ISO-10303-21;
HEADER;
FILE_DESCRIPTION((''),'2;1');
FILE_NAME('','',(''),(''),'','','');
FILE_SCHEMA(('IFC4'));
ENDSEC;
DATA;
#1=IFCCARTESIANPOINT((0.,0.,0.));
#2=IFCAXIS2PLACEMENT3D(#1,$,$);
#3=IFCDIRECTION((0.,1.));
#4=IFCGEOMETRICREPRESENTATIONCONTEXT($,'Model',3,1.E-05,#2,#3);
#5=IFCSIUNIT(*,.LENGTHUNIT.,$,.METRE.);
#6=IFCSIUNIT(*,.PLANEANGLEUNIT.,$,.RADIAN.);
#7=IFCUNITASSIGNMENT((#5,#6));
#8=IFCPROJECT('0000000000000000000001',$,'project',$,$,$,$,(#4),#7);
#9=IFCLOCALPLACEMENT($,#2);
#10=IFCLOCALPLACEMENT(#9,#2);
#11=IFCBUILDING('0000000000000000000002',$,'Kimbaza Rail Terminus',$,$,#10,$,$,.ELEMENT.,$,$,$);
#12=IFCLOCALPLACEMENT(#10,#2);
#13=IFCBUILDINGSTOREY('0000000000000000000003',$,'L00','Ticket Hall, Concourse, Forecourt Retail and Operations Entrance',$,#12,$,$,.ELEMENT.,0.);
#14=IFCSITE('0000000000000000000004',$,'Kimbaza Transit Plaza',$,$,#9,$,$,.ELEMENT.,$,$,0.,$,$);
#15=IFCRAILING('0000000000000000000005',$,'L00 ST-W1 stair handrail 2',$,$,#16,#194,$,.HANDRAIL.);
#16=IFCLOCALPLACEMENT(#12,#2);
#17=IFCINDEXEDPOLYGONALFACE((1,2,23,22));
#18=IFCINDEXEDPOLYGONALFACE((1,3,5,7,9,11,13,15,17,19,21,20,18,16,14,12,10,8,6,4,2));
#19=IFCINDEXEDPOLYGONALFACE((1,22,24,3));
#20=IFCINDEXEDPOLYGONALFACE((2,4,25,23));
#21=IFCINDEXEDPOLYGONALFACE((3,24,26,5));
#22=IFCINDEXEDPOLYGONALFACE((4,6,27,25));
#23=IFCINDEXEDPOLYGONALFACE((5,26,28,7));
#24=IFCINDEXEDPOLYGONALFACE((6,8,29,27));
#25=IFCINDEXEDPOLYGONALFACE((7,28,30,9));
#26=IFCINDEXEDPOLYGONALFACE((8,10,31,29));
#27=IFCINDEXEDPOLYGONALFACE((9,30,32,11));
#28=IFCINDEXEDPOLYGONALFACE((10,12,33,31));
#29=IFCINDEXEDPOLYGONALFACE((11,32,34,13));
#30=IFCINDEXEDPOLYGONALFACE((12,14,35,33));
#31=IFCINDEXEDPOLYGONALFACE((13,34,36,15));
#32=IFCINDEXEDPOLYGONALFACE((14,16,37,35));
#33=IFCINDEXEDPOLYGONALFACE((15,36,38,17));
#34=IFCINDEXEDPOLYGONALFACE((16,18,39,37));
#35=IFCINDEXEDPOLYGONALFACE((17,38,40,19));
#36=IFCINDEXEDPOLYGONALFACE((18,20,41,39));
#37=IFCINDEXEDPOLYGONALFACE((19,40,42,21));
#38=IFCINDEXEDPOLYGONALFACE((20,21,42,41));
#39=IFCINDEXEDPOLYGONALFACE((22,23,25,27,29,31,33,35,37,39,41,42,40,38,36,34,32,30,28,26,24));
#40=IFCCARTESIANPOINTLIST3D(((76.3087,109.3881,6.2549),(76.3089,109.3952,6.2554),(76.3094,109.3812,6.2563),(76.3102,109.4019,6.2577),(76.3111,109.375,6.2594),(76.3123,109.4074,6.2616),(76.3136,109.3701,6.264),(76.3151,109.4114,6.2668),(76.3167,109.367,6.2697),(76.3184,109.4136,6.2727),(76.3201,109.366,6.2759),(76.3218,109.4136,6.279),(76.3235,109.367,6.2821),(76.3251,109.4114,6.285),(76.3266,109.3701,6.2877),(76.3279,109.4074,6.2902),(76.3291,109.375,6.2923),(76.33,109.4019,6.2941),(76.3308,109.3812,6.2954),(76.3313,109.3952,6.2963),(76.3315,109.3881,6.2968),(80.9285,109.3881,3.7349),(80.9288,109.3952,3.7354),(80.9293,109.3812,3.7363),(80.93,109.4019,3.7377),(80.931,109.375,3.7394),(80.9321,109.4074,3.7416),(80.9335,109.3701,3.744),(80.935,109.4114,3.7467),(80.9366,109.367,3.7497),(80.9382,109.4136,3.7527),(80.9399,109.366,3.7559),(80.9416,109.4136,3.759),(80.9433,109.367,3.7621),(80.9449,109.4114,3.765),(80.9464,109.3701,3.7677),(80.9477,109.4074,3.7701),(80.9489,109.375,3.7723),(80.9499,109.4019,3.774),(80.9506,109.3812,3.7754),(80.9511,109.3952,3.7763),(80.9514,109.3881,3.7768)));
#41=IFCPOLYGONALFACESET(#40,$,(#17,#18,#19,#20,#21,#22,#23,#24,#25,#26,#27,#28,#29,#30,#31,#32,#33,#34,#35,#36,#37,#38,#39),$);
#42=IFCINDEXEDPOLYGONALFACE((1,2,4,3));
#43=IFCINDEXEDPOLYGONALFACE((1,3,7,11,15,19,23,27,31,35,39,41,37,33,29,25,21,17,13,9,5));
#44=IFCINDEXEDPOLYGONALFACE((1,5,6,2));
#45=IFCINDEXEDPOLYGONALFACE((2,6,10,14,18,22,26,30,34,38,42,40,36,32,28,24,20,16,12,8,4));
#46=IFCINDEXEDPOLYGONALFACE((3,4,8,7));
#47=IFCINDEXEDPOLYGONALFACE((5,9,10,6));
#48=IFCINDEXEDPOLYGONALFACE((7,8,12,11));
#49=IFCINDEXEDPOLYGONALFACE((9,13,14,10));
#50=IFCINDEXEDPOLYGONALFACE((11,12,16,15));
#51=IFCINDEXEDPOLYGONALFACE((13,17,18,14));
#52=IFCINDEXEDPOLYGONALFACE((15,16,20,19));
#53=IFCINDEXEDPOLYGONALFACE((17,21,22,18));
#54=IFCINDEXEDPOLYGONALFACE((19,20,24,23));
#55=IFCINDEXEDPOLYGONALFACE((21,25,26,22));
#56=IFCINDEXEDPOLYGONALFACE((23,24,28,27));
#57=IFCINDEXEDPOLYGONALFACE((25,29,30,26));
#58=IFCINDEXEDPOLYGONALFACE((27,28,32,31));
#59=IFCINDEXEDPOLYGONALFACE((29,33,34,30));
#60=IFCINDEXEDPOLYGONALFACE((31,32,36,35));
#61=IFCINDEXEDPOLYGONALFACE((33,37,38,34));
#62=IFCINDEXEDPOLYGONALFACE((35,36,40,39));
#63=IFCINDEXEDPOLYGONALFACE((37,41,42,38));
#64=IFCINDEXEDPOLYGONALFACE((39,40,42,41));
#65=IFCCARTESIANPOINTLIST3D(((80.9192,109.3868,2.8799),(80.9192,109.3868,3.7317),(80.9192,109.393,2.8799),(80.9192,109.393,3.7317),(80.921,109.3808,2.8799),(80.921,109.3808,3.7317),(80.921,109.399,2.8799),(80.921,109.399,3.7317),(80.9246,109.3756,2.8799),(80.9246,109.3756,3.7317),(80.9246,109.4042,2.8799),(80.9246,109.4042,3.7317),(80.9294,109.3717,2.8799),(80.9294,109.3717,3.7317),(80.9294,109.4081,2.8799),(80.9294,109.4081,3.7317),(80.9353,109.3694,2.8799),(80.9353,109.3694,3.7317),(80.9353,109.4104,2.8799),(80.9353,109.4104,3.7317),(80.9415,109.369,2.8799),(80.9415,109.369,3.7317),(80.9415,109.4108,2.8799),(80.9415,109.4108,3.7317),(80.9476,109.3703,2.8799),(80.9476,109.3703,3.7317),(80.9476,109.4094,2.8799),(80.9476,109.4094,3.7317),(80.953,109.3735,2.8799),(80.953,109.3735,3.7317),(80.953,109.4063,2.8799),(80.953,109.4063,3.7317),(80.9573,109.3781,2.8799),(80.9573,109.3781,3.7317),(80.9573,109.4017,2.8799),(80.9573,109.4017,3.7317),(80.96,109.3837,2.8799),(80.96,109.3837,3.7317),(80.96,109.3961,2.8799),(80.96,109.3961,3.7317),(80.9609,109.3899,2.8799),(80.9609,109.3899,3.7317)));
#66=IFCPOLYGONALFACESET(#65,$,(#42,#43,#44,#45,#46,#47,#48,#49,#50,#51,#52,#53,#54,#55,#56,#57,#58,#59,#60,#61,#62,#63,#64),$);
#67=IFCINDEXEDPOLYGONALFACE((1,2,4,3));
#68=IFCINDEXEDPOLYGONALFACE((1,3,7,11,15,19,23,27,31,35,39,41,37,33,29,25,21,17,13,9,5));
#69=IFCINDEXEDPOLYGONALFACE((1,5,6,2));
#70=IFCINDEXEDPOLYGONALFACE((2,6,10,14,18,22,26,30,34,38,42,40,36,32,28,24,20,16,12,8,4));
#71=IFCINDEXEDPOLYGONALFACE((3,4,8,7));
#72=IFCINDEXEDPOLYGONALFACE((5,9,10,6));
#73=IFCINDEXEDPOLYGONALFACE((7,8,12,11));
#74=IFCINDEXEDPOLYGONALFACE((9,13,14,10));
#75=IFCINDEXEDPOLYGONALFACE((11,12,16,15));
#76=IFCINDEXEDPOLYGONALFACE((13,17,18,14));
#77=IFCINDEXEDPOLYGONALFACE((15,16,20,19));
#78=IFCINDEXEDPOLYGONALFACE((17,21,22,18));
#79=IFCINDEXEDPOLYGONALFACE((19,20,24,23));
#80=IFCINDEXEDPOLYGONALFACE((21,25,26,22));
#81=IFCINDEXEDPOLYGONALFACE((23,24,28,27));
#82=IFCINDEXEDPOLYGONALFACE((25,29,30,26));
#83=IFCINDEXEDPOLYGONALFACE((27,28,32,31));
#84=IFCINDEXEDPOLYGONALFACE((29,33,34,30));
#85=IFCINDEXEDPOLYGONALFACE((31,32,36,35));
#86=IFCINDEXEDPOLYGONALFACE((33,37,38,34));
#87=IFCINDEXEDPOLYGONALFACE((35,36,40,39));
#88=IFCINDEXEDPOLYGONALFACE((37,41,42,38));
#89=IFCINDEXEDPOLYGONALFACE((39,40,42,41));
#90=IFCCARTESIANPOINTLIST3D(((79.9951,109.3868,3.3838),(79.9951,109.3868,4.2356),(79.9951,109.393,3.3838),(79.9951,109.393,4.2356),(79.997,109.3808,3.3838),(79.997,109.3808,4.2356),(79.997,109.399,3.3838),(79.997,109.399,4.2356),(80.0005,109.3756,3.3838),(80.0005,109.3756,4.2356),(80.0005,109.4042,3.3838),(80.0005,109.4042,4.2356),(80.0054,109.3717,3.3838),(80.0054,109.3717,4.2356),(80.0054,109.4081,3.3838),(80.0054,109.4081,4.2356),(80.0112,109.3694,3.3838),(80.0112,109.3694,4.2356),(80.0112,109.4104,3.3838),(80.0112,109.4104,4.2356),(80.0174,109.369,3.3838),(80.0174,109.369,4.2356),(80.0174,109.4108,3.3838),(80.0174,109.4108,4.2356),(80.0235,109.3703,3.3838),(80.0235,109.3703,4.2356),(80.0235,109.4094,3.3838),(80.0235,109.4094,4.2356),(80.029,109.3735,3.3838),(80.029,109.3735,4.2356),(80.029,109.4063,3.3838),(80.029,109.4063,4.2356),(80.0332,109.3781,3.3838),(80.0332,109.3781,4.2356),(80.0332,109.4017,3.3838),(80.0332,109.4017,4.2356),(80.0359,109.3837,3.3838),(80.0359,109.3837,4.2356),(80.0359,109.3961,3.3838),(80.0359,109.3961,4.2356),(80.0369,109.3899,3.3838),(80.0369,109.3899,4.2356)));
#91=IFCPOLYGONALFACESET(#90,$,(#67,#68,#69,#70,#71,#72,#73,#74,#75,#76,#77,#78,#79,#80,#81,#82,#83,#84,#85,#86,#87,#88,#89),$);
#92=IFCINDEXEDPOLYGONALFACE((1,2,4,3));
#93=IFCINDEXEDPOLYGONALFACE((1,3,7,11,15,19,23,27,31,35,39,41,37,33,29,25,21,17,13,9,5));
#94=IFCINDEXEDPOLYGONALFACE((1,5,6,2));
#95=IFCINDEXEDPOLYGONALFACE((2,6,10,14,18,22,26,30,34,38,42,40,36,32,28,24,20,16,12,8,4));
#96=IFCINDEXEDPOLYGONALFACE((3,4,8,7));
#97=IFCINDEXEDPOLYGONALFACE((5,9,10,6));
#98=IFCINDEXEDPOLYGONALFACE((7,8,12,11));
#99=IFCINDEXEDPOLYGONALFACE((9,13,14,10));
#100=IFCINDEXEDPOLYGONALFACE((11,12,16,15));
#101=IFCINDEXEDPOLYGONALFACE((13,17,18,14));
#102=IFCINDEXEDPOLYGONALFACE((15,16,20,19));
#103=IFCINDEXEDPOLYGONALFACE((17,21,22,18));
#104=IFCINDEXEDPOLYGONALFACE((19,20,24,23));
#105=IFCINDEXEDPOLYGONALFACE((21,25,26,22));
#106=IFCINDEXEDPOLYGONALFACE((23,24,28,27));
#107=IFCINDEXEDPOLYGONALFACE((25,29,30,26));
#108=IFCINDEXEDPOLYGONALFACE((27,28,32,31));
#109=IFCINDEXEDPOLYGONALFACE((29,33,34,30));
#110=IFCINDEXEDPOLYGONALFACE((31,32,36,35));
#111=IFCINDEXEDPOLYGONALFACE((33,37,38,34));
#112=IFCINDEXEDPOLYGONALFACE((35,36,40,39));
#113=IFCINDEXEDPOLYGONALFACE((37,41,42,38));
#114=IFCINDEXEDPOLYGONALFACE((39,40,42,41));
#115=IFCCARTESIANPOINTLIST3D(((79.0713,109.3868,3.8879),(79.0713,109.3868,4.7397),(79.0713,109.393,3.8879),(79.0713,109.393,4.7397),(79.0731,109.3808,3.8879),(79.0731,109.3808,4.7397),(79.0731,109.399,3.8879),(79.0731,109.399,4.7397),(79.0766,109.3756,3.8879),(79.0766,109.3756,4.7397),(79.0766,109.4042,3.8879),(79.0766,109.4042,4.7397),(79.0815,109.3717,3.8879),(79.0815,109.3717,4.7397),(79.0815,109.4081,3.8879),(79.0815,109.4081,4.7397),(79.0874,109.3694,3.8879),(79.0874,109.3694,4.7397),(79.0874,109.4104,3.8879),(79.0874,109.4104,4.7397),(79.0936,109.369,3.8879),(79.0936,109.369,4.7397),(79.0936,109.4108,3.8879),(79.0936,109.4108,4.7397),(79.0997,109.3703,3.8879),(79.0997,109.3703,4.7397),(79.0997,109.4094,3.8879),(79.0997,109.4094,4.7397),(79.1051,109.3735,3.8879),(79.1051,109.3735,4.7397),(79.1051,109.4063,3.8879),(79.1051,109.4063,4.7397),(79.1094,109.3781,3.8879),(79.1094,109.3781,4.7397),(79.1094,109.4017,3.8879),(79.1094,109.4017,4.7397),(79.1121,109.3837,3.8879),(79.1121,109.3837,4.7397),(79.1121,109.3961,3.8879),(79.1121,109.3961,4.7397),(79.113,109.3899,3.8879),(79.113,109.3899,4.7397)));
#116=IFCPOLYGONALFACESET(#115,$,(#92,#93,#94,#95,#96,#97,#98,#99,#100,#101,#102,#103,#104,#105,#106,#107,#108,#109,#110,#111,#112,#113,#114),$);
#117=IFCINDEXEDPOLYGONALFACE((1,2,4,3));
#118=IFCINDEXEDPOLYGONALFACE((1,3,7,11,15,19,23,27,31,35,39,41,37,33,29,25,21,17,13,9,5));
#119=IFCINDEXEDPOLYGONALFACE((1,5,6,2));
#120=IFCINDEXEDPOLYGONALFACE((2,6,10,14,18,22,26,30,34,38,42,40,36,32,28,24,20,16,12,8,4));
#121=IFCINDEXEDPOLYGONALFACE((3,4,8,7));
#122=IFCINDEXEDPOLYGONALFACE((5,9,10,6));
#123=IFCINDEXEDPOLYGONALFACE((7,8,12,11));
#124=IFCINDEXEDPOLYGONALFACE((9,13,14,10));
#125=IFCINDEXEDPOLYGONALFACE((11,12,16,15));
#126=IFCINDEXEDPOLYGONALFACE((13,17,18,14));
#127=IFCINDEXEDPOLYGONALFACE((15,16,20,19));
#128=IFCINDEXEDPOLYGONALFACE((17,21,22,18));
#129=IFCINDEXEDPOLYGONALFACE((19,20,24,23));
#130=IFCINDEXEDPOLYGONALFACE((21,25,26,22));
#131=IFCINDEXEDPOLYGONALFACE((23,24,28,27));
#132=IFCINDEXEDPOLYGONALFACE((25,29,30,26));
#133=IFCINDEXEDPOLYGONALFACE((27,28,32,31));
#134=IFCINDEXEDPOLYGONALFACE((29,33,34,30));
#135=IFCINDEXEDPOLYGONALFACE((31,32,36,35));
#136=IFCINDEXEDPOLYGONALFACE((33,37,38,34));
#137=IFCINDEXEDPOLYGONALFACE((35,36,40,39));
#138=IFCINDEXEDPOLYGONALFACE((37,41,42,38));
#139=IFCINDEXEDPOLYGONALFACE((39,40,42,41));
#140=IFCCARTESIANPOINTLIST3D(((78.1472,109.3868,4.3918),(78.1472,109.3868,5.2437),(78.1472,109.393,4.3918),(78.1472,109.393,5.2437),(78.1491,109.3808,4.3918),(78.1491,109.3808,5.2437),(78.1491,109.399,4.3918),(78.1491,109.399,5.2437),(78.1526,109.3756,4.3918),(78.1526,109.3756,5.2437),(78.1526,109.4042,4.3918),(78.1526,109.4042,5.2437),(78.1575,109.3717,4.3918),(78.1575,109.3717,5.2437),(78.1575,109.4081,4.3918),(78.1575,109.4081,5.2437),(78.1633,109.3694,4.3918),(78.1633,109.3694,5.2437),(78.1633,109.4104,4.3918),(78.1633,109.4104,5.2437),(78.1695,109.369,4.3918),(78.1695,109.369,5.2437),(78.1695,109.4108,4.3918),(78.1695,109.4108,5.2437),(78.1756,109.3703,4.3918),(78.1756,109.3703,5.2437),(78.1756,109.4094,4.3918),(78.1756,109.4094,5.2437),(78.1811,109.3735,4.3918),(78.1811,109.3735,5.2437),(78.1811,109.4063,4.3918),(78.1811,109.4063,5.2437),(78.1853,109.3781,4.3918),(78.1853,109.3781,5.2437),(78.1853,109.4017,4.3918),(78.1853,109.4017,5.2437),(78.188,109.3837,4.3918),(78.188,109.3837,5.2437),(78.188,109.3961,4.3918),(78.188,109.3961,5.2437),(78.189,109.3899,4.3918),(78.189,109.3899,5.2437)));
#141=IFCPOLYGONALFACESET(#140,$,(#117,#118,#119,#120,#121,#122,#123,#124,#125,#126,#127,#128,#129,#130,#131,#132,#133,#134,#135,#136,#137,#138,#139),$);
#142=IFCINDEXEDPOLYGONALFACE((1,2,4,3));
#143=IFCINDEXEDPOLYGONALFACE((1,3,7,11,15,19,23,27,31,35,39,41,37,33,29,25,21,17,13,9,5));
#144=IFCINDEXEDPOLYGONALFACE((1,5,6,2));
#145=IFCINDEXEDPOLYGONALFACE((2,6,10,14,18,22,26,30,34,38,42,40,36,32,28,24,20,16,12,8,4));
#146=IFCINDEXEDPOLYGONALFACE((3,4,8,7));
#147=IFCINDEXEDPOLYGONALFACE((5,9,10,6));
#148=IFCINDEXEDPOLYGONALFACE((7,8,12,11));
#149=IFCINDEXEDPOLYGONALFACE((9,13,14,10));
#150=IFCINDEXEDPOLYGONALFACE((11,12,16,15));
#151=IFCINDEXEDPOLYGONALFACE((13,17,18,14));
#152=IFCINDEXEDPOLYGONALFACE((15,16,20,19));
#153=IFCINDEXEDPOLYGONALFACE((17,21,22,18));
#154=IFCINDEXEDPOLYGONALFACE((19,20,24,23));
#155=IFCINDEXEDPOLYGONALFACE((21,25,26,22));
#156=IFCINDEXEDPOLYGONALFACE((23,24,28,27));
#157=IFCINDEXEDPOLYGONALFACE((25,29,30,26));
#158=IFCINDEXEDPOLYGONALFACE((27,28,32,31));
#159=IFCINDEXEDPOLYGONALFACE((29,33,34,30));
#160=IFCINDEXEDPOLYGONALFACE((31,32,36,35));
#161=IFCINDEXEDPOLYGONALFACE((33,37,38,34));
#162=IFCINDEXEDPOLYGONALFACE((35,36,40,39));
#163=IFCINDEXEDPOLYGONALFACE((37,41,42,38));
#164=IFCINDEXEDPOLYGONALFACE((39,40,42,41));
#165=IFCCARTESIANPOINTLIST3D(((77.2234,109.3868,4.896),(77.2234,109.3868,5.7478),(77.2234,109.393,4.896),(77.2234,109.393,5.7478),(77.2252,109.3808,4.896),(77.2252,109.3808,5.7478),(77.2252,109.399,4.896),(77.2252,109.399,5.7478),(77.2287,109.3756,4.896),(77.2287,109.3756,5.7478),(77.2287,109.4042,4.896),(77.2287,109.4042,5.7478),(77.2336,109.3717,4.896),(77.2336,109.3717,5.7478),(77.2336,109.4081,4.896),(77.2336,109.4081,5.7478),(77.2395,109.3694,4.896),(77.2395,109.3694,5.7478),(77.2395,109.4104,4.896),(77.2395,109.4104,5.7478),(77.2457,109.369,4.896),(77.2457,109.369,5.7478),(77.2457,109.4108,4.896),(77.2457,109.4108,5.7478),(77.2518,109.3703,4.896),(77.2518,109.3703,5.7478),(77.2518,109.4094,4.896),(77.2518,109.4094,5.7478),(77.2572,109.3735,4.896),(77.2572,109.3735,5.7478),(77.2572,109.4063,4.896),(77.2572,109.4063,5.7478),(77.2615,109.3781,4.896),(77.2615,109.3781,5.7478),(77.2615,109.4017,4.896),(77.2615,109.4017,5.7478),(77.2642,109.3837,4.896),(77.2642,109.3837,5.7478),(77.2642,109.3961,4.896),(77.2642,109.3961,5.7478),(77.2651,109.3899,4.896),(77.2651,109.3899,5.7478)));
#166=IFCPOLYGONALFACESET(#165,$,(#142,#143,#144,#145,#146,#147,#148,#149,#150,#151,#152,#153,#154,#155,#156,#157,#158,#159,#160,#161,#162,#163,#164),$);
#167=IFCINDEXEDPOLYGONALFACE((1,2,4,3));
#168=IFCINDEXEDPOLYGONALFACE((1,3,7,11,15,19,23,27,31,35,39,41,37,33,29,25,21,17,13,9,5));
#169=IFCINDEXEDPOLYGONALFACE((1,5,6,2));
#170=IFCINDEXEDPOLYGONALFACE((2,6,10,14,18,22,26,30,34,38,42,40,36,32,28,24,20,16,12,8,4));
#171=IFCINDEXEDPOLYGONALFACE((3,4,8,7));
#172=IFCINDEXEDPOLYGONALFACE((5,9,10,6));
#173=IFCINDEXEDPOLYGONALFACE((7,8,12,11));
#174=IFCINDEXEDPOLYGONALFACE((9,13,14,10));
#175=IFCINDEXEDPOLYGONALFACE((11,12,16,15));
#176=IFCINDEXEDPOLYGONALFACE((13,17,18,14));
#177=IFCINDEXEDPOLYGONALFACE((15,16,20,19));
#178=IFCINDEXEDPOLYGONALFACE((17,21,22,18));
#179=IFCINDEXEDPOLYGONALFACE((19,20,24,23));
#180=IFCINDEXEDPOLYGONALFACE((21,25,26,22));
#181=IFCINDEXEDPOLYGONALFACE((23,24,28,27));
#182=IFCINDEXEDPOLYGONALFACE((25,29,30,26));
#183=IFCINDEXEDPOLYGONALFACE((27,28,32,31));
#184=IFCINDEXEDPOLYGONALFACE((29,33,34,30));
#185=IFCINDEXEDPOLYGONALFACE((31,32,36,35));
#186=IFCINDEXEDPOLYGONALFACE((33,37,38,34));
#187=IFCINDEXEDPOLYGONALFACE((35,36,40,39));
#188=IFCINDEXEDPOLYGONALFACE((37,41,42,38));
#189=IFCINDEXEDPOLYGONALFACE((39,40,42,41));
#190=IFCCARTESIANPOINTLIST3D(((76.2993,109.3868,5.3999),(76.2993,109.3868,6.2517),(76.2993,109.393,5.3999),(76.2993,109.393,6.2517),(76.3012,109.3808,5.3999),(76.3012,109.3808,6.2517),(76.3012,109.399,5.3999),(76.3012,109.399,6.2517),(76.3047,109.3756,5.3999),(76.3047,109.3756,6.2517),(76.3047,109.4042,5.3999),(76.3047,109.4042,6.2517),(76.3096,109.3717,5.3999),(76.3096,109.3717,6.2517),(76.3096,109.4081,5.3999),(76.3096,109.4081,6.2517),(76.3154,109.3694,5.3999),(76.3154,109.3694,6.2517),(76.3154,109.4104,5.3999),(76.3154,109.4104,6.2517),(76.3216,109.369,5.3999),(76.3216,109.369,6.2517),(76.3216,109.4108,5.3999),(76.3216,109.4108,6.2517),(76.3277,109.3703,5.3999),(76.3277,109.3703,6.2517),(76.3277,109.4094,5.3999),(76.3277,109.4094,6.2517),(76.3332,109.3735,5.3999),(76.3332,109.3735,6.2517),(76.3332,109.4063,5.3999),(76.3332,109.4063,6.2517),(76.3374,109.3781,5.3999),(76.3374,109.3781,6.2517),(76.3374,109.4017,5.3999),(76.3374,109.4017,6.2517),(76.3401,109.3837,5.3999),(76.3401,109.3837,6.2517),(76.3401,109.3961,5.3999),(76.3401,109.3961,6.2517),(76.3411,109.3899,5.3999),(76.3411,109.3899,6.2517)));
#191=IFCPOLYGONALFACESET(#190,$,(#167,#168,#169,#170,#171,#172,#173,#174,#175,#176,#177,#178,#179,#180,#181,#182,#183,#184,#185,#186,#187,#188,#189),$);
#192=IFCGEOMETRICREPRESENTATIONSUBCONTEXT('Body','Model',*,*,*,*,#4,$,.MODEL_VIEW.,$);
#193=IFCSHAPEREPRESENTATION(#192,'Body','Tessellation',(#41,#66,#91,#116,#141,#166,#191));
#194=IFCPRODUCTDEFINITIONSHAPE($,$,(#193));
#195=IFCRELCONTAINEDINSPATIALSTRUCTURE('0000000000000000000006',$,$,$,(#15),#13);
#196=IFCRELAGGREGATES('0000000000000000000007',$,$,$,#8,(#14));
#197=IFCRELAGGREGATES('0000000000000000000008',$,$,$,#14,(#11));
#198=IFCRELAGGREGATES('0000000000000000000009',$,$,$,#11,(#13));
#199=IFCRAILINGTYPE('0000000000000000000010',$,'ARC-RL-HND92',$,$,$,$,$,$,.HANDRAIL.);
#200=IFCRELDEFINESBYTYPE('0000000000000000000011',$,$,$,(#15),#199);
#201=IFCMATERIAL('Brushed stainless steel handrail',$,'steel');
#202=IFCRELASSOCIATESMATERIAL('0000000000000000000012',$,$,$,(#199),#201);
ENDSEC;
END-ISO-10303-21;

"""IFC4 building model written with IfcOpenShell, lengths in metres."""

from ifc_helpers import new_model, si_unit, direction, frame, origin, origin_2d, place, context, subcontext, project, spatial, circle, extrude, material, type_object, element, save


model = new_model("IFC4")

# Units and contexts
model_context = context("Model", 3, precision=1e-05, world=origin(), true_north=direction((0.0, 1.0)))
body_context = subcontext(model_context, "Body", "Model", "MODEL_VIEW")
ifc_project = project(units=[si_unit("LENGTHUNIT", "METRE"), si_unit("PLANEANGLEUNIT", "RADIAN")], contexts=[model_context])

# Site, building, storey
site_placement = place(None, origin())
site = spatial("IfcSite", under=ifc_project, at=site_placement, Name="Kimbaza Transit Plaza", CompositionType="ELEMENT", RefElevation=0.0)
building_placement = place(site_placement, origin())
building = spatial("IfcBuilding", under=site, at=building_placement, Name="Kimbaza Rail Terminus", CompositionType="ELEMENT")
storey_placement = place(building_placement, origin())
storey = spatial("IfcBuildingStorey", under=building, at=storey_placement, Name="L00", Description="Ticket Hall, Concourse, Forecourt Retail and Operations Entrance", CompositionType="ELEMENT", Elevation=0.0)

# Railing
ifc_material_1 = material(Name="Brushed stainless steel handrail", Category="steel")
railing_type_1 = type_object("IfcRailingType", Name="ARC-RL-HND92", PredefinedType="HANDRAIL", material=ifc_material_1)
railing_1_placement = place(storey_placement, frame((80.9399, 109.3899, 2.8799)))
element("IfcRailing", 1, at=railing_1_placement, inside=storey, type_object=railing_type_1, Name="L00 ST-W1 stair handrail 2", PredefinedType="HANDRAIL", context=body_context, shape_type="SweptSolid", body=[
    extrude(circle(Radius=0.0239, at=origin_2d()), frame((0.0, 0.0, 0.876), z_axis=(-0.877888, 0.0, 0.478865), x_axis=(0.0, -1.0, 0.0)), (0.0, 0.0, 1.0), 5.2625),
    extrude(circle(Radius=0.021, at=origin_2d()), origin(), (0.0, 0.0, 1.0), 0.8518),
    extrude(circle(Radius=0.021, at=origin_2d()), frame((-0.9241, 0.0, 0.5039)), (0.0, 0.0, 1.0), 0.8518),
    extrude(circle(Radius=0.021, at=origin_2d()), frame((-1.8479, 0.0, 1.0081)), (0.0, 0.0, 1.0), 0.8518),
    extrude(circle(Radius=0.021, at=origin_2d()), frame((-2.772, 0.0, 1.512)), (0.0, 0.0, 1.0), 0.8518),
    extrude(circle(Radius=0.021, at=origin_2d()), frame((-3.6958, 0.0, 2.0161)), (0.0, 0.0, 1.0), 0.8518),
    extrude(circle(Radius=0.021, at=origin_2d()), frame((-4.6199, 0.0, 2.52)), (0.0, 0.0, 1.0), 0.8518),
])

save(model, "model.ifc")
